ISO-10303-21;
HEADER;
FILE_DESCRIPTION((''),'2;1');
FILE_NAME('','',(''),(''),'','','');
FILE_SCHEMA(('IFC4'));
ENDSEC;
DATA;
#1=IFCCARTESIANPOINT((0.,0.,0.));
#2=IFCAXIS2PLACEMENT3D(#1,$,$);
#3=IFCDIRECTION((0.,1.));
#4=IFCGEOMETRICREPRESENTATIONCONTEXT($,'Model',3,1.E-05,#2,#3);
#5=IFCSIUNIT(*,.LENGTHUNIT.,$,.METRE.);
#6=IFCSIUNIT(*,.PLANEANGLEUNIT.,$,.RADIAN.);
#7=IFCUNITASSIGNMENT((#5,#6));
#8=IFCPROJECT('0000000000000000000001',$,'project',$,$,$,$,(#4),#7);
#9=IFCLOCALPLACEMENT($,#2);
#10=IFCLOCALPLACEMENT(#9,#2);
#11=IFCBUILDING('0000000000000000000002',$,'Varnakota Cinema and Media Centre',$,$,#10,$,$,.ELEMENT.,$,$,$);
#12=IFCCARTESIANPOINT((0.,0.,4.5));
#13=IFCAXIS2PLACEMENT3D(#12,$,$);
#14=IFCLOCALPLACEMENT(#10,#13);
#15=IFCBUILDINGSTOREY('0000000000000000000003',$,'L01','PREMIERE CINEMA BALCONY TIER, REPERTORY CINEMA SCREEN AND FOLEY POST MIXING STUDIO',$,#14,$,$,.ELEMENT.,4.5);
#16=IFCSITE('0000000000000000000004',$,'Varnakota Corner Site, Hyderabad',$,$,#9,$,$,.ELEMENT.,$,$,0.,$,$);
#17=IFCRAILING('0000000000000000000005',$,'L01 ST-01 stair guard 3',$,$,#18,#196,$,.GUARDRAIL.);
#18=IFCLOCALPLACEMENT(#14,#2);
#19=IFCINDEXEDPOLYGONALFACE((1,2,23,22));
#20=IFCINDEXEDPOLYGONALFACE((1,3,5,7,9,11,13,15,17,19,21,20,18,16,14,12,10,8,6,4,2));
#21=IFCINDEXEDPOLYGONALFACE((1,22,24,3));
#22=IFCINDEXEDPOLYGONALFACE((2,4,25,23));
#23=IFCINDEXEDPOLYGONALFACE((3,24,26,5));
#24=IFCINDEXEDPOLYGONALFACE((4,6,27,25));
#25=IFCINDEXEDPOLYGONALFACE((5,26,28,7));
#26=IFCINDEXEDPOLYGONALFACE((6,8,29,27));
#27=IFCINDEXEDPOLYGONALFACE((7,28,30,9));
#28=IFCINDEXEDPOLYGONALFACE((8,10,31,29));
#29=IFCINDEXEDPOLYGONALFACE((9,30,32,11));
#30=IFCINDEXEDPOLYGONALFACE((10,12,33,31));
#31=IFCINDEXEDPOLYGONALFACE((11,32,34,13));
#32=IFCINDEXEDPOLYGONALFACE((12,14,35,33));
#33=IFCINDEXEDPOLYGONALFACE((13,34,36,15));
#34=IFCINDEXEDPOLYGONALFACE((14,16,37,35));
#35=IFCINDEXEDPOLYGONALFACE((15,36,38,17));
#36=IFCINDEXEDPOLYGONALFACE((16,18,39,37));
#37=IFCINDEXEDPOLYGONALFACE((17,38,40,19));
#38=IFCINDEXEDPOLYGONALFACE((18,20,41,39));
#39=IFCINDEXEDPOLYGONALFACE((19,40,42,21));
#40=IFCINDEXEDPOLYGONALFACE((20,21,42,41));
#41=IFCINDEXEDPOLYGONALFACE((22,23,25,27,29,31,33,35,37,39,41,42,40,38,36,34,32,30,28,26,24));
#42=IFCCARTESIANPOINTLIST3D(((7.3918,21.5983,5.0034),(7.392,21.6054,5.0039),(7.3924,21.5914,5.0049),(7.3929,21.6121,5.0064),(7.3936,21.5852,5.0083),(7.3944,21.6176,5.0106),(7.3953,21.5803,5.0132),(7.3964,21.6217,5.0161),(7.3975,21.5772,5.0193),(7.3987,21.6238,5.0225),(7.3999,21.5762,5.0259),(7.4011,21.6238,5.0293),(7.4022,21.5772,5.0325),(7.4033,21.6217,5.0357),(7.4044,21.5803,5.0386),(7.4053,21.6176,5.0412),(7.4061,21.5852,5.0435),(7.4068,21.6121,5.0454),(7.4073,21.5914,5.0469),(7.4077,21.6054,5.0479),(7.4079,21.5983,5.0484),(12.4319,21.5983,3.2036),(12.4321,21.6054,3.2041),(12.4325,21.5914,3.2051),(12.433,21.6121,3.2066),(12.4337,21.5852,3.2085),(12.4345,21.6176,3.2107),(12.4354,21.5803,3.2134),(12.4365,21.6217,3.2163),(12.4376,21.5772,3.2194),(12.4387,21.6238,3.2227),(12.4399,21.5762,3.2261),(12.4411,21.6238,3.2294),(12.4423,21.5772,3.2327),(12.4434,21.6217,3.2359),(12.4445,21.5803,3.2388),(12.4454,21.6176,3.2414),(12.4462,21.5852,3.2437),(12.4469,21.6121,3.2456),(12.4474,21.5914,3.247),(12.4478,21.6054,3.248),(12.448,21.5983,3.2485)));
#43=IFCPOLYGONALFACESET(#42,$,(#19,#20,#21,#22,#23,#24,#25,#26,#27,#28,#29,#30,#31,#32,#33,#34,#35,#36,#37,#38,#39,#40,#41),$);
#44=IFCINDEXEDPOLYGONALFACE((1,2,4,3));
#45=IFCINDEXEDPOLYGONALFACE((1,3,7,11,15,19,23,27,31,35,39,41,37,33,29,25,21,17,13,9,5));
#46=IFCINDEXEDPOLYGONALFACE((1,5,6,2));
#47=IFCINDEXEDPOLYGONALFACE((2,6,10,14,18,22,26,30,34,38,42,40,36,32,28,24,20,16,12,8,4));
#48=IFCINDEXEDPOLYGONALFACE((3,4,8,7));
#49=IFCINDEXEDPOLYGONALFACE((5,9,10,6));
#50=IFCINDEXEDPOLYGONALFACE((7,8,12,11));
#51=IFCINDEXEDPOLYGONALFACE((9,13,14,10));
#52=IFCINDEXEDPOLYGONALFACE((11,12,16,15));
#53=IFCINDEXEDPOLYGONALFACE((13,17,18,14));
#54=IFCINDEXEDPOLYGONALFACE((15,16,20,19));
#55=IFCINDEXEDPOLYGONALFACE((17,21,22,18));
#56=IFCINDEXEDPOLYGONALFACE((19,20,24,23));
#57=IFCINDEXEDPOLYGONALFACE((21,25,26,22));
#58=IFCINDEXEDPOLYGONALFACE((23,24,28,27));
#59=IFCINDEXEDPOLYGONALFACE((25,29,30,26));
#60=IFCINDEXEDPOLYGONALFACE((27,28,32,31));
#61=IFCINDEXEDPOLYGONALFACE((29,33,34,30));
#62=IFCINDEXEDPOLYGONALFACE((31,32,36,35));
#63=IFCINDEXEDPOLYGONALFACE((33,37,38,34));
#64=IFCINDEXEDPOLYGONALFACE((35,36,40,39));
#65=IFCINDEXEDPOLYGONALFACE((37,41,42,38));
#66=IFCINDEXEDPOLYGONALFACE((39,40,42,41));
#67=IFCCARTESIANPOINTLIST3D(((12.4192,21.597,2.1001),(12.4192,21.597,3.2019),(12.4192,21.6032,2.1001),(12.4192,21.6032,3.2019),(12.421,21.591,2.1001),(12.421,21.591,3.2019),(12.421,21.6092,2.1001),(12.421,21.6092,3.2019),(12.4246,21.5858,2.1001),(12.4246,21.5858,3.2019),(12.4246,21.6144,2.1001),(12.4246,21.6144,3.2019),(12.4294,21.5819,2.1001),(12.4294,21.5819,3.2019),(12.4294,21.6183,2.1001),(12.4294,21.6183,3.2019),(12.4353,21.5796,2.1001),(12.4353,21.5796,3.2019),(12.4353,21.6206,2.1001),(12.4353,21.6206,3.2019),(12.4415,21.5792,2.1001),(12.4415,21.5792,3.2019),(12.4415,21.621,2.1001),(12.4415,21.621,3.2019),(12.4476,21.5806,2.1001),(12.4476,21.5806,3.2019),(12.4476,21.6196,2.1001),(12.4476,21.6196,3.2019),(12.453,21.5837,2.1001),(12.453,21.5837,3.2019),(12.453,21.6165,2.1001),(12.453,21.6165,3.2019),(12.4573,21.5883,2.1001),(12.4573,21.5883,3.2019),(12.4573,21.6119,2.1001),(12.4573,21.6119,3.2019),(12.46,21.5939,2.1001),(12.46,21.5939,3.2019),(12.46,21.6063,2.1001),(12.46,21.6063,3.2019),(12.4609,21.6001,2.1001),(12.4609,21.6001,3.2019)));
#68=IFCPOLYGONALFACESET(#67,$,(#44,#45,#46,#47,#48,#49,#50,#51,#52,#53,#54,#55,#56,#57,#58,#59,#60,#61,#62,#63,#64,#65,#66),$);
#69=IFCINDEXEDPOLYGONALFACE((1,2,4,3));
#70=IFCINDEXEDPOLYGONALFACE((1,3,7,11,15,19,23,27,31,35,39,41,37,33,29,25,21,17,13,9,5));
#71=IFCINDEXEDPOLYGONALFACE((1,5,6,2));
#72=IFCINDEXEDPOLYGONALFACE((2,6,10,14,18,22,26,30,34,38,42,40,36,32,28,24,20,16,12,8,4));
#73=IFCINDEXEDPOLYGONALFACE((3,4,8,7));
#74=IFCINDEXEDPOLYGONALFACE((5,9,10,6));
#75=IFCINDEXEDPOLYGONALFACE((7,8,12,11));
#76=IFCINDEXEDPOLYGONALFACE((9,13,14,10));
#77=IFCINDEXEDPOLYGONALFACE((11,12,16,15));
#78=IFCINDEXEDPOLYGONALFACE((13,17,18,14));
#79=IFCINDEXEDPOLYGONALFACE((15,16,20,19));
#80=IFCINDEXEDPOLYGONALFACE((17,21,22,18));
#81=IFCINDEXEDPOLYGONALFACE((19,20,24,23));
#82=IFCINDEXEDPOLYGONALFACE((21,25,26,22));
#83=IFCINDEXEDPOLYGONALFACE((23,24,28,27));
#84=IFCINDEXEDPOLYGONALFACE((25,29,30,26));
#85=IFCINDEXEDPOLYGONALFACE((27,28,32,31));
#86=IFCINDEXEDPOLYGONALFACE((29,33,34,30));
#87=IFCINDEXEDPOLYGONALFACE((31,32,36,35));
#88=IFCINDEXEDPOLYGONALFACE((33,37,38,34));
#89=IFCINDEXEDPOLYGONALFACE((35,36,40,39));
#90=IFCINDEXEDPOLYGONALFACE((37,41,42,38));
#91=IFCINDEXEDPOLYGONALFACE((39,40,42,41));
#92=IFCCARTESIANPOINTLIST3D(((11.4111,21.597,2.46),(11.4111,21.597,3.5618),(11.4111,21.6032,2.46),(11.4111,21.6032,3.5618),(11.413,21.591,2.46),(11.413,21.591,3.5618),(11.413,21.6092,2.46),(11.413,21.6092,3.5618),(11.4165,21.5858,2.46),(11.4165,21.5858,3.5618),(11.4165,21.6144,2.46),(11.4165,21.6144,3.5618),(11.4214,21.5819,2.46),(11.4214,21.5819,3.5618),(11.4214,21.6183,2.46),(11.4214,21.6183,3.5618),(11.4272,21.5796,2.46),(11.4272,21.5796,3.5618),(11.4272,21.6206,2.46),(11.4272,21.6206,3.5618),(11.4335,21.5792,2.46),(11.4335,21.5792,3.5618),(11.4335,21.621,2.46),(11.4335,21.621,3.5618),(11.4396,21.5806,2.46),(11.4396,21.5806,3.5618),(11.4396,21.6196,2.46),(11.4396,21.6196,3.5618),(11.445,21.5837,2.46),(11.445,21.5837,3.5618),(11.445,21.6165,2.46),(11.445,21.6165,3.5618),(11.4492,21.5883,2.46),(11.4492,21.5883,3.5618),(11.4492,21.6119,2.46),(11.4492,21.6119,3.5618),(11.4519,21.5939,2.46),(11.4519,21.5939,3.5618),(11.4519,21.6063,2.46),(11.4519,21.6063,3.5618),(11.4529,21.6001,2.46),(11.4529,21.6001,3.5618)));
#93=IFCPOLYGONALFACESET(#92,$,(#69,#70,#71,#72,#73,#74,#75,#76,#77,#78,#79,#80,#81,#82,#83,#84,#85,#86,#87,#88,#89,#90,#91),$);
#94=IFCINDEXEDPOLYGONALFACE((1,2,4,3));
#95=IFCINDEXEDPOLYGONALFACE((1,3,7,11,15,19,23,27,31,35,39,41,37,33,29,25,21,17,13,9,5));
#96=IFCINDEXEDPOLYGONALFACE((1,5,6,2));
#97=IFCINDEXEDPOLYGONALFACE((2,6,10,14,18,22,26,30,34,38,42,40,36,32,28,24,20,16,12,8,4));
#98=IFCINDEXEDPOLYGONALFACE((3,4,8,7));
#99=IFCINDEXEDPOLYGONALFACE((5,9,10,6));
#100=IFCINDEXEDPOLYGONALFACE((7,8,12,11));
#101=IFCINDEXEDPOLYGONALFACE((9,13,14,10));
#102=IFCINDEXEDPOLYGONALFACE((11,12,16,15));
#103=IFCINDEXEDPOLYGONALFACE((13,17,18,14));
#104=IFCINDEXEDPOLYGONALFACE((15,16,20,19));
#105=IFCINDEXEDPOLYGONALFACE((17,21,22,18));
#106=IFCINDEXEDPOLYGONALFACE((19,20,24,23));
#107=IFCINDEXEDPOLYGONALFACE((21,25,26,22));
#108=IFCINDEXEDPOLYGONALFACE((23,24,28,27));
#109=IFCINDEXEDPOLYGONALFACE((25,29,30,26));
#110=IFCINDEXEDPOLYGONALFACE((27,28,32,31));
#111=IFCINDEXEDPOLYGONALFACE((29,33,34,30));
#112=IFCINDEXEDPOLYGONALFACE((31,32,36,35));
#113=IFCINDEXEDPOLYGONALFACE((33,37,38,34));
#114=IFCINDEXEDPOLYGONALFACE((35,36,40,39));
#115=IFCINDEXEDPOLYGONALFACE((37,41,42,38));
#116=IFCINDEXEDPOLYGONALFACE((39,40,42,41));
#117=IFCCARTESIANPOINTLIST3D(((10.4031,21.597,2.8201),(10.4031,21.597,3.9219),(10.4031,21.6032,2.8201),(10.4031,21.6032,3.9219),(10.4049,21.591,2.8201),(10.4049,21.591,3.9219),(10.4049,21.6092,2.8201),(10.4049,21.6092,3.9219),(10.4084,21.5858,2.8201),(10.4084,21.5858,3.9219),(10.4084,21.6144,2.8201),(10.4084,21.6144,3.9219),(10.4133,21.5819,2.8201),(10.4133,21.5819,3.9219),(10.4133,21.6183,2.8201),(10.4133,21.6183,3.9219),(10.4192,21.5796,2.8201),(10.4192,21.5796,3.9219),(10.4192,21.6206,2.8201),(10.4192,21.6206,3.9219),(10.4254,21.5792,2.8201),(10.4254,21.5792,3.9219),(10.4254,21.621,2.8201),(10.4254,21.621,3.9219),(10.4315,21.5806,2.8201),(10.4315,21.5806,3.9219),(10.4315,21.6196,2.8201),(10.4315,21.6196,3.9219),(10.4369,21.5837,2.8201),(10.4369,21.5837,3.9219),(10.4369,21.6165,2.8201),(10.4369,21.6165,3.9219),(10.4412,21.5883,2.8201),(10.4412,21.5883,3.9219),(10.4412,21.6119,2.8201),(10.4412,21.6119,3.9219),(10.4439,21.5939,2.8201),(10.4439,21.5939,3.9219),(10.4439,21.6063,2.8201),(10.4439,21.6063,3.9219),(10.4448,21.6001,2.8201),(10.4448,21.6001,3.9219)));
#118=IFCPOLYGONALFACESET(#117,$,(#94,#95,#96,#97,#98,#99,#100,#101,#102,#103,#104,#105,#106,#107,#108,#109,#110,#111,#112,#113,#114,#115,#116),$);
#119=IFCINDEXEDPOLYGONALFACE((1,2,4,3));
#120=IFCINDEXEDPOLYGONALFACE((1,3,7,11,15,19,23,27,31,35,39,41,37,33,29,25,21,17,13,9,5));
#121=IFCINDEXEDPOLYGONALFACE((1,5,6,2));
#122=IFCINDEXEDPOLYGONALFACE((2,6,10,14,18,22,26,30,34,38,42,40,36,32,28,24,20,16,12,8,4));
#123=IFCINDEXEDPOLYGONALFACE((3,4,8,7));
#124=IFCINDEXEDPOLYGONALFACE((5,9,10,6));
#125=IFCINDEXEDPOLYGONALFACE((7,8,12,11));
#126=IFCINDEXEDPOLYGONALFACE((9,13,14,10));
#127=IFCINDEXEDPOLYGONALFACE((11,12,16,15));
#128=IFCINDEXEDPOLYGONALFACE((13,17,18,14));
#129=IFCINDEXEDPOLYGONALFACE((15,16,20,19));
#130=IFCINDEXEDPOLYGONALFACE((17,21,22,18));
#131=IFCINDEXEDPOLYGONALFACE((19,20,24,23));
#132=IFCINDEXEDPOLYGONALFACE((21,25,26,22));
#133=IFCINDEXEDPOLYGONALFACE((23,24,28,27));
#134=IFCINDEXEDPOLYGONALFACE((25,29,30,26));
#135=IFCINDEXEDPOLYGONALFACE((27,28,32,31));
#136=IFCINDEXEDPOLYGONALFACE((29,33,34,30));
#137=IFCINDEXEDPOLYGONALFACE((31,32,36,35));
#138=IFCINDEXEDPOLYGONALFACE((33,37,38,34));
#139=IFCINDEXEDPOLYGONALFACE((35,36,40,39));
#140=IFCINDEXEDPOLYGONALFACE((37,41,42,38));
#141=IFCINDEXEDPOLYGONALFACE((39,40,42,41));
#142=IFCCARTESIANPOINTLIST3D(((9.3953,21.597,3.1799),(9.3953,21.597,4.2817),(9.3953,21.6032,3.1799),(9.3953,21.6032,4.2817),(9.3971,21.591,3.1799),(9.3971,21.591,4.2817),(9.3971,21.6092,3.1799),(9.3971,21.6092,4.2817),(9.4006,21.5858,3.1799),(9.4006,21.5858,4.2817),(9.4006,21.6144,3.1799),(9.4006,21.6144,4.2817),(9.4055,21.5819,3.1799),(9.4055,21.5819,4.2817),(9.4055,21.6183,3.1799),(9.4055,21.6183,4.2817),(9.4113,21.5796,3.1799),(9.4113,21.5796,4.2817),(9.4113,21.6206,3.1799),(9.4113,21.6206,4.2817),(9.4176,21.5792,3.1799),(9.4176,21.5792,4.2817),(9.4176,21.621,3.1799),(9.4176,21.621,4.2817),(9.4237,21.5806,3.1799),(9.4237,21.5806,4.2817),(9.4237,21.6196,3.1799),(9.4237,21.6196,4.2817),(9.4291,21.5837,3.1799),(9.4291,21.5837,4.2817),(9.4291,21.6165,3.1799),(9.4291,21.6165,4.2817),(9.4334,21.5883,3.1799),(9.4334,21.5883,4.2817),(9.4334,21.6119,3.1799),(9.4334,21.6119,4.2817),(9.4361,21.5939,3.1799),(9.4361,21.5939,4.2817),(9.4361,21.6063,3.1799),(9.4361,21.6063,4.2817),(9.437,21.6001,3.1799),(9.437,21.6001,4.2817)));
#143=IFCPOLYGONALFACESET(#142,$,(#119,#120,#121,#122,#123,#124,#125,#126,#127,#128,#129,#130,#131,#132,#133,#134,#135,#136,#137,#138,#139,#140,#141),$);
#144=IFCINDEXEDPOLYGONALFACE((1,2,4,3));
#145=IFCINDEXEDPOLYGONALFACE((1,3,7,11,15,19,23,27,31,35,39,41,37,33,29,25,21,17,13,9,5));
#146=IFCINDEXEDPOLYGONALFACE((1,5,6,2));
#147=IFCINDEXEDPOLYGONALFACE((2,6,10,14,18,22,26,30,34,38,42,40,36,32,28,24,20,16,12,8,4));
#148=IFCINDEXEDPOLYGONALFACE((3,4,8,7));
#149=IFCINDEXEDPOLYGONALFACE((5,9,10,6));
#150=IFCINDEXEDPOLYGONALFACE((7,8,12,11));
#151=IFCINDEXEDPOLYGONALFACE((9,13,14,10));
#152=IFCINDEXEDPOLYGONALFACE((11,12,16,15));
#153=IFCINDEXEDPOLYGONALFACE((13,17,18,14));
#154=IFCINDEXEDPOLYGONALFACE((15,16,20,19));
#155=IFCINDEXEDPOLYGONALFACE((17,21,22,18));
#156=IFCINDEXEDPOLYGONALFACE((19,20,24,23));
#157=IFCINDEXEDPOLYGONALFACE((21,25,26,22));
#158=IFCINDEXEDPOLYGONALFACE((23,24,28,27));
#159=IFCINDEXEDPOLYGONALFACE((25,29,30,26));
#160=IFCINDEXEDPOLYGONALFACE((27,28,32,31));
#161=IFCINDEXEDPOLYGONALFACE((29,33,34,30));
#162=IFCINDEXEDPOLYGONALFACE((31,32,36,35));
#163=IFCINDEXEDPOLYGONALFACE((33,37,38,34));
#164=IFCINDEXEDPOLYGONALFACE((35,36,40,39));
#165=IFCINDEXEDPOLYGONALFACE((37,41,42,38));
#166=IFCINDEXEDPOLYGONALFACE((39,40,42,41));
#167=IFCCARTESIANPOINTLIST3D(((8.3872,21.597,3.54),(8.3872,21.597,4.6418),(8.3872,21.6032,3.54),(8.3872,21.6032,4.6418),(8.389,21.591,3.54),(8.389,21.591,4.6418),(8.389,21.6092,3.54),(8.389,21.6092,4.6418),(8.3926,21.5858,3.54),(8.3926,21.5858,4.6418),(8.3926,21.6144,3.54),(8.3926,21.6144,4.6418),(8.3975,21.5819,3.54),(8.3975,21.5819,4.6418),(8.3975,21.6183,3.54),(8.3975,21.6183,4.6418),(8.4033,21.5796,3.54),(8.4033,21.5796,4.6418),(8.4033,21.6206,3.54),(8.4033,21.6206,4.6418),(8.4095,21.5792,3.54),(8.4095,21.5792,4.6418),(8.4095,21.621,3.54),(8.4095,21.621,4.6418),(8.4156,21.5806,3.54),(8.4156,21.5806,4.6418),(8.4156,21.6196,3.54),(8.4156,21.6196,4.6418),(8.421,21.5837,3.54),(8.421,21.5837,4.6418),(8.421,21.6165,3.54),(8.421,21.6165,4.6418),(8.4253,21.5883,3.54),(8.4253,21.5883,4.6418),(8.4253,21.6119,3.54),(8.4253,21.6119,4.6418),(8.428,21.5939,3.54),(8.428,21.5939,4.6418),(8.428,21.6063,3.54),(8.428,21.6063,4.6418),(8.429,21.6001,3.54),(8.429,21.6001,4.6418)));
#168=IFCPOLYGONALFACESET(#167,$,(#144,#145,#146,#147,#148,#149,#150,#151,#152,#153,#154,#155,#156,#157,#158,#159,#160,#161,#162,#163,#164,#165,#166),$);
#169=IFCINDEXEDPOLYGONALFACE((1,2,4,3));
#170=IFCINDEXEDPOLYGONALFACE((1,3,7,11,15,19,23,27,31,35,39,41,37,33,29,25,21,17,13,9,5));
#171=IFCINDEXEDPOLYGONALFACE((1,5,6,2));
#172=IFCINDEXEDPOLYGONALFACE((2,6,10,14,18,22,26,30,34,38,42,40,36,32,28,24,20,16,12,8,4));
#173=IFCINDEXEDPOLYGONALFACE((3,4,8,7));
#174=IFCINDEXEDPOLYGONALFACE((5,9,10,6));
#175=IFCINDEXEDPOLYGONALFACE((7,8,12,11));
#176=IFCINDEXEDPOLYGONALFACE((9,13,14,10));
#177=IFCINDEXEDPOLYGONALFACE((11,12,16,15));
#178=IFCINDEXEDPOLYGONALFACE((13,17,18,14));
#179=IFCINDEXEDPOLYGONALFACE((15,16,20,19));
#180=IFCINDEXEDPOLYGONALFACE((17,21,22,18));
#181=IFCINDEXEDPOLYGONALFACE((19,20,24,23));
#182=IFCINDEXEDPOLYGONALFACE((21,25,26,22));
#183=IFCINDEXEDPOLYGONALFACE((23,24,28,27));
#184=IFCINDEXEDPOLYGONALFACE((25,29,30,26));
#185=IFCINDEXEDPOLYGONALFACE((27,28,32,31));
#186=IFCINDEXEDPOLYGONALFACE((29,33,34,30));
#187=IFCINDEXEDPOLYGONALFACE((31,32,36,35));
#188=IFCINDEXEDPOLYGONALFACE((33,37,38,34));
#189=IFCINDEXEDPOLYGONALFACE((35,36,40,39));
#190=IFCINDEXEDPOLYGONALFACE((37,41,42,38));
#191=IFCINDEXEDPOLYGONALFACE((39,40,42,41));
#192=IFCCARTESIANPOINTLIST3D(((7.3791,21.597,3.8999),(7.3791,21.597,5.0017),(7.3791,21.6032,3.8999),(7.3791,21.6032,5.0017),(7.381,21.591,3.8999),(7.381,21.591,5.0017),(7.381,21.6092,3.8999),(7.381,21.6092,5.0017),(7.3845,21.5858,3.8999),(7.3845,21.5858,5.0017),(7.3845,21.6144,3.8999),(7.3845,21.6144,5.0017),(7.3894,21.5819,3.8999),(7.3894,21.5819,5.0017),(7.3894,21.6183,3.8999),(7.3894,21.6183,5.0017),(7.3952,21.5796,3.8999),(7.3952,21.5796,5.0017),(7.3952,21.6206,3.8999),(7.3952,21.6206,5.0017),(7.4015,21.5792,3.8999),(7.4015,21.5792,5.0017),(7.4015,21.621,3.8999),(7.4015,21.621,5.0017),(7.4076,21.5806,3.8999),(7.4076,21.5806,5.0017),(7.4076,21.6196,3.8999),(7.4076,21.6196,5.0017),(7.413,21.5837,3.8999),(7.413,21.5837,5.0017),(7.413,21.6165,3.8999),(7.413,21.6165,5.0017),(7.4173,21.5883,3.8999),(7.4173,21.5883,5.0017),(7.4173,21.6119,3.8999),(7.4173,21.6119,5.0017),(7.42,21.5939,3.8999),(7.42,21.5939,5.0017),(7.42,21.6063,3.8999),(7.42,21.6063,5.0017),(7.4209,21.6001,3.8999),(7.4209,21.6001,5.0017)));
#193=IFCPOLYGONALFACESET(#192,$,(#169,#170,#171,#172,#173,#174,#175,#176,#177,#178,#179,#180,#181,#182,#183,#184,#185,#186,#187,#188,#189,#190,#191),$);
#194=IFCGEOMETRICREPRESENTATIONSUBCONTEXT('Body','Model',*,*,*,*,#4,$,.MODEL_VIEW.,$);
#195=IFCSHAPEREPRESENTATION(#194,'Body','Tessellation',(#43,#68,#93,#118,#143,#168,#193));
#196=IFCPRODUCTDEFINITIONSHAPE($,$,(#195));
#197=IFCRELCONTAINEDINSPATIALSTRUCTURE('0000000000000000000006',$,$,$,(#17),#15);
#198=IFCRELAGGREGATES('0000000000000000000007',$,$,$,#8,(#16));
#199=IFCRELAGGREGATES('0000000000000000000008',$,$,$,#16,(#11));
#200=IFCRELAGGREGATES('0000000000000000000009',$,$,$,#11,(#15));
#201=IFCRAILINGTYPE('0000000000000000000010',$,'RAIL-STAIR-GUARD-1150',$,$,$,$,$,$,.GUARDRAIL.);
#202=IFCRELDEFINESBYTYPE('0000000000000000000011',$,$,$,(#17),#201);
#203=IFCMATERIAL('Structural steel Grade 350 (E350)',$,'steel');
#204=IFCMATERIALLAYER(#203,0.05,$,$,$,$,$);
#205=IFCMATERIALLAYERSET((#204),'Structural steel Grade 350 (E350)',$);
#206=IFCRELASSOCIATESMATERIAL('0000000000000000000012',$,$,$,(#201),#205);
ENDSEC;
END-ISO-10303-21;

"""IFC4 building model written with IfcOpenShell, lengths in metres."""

from ifc_helpers import new_model, si_unit, direction, frame, origin, origin_2d, place, context, subcontext, project, spatial, circle, extrude, material, layer, layer_set, type_object, element, save


model = new_model("IFC4")

# Units and contexts
model_context = context("Model", 3, precision=1e-05, world=origin(), true_north=direction((0.0, 1.0)))
body_context = subcontext(model_context, "Body", "Model", "MODEL_VIEW")
ifc_project = project(units=[si_unit("LENGTHUNIT", "METRE"), si_unit("PLANEANGLEUNIT", "RADIAN")], contexts=[model_context])

# Site, building, storey
site_placement = place(None, origin())
site = spatial("IfcSite", under=ifc_project, at=site_placement, Name="Varnakota Corner Site, Hyderabad", CompositionType="ELEMENT", RefElevation=0.0)
building_placement = place(site_placement, origin())
building = spatial("IfcBuilding", under=site, at=building_placement, Name="Varnakota Cinema and Media Centre", CompositionType="ELEMENT")
storey_placement = place(building_placement, frame((0.0, 0.0, 4.5)))
storey = spatial("IfcBuildingStorey", under=building, at=storey_placement, Name="L01", Description="PREMIERE CINEMA BALCONY TIER, REPERTORY CINEMA SCREEN AND FOLEY POST MIXING STUDIO", CompositionType="ELEMENT", Elevation=4.5)

# Railing
ifc_material_1 = material(Name="Structural steel Grade 350 (E350)", Category="steel")
ifc_layer_1 = layer(ifc_material_1, 0.05)
ifc_layer_set_1 = layer_set([ifc_layer_1], Name="Structural steel Grade 350 (E350)")
railing_type_1 = type_object("IfcRailingType", Name="RAIL-STAIR-GUARD-1150", PredefinedType="GUARDRAIL", material=ifc_layer_set_1)
railing_1_placement = place(storey_placement, frame((12.4399, 21.6001, 2.1001)))
element("IfcRailing", 1, at=railing_1_placement, inside=storey, type_object=railing_type_1, Name="L01 ST-01 stair guard 3", PredefinedType="GUARDRAIL", context=body_context, shape_type="SweptSolid", body=[
    extrude(circle(Radius=0.0239, at=origin_2d()), frame((0.0, 0.0, 1.126), z_axis=(-0.941754, 0.0, 0.336302), x_axis=(0.0, -1.0, 0.0)), (0.0, 0.0, 1.0), 5.3518),
    extrude(circle(Radius=0.021, at=origin_2d()), origin(), (0.0, 0.0, 1.0), 1.1018),
    extrude(circle(Radius=0.021, at=origin_2d()), frame((-1.0081, 0.0, 0.3599)), (0.0, 0.0, 1.0), 1.1018),
    extrude(circle(Radius=0.021, at=origin_2d()), frame((-2.0161, 0.0, 0.72)), (0.0, 0.0, 1.0), 1.1018),
    extrude(circle(Radius=0.021, at=origin_2d()), frame((-3.0239, 0.0, 1.0798)), (0.0, 0.0, 1.0), 1.1018),
    extrude(circle(Radius=0.021, at=origin_2d()), frame((-4.032, 0.0, 1.4399)), (0.0, 0.0, 1.0), 1.1018),
    extrude(circle(Radius=0.021, at=origin_2d()), frame((-5.04, 0.0, 1.7998)), (0.0, 0.0, 1.0), 1.1018),
])

save(model, "model.ifc")
